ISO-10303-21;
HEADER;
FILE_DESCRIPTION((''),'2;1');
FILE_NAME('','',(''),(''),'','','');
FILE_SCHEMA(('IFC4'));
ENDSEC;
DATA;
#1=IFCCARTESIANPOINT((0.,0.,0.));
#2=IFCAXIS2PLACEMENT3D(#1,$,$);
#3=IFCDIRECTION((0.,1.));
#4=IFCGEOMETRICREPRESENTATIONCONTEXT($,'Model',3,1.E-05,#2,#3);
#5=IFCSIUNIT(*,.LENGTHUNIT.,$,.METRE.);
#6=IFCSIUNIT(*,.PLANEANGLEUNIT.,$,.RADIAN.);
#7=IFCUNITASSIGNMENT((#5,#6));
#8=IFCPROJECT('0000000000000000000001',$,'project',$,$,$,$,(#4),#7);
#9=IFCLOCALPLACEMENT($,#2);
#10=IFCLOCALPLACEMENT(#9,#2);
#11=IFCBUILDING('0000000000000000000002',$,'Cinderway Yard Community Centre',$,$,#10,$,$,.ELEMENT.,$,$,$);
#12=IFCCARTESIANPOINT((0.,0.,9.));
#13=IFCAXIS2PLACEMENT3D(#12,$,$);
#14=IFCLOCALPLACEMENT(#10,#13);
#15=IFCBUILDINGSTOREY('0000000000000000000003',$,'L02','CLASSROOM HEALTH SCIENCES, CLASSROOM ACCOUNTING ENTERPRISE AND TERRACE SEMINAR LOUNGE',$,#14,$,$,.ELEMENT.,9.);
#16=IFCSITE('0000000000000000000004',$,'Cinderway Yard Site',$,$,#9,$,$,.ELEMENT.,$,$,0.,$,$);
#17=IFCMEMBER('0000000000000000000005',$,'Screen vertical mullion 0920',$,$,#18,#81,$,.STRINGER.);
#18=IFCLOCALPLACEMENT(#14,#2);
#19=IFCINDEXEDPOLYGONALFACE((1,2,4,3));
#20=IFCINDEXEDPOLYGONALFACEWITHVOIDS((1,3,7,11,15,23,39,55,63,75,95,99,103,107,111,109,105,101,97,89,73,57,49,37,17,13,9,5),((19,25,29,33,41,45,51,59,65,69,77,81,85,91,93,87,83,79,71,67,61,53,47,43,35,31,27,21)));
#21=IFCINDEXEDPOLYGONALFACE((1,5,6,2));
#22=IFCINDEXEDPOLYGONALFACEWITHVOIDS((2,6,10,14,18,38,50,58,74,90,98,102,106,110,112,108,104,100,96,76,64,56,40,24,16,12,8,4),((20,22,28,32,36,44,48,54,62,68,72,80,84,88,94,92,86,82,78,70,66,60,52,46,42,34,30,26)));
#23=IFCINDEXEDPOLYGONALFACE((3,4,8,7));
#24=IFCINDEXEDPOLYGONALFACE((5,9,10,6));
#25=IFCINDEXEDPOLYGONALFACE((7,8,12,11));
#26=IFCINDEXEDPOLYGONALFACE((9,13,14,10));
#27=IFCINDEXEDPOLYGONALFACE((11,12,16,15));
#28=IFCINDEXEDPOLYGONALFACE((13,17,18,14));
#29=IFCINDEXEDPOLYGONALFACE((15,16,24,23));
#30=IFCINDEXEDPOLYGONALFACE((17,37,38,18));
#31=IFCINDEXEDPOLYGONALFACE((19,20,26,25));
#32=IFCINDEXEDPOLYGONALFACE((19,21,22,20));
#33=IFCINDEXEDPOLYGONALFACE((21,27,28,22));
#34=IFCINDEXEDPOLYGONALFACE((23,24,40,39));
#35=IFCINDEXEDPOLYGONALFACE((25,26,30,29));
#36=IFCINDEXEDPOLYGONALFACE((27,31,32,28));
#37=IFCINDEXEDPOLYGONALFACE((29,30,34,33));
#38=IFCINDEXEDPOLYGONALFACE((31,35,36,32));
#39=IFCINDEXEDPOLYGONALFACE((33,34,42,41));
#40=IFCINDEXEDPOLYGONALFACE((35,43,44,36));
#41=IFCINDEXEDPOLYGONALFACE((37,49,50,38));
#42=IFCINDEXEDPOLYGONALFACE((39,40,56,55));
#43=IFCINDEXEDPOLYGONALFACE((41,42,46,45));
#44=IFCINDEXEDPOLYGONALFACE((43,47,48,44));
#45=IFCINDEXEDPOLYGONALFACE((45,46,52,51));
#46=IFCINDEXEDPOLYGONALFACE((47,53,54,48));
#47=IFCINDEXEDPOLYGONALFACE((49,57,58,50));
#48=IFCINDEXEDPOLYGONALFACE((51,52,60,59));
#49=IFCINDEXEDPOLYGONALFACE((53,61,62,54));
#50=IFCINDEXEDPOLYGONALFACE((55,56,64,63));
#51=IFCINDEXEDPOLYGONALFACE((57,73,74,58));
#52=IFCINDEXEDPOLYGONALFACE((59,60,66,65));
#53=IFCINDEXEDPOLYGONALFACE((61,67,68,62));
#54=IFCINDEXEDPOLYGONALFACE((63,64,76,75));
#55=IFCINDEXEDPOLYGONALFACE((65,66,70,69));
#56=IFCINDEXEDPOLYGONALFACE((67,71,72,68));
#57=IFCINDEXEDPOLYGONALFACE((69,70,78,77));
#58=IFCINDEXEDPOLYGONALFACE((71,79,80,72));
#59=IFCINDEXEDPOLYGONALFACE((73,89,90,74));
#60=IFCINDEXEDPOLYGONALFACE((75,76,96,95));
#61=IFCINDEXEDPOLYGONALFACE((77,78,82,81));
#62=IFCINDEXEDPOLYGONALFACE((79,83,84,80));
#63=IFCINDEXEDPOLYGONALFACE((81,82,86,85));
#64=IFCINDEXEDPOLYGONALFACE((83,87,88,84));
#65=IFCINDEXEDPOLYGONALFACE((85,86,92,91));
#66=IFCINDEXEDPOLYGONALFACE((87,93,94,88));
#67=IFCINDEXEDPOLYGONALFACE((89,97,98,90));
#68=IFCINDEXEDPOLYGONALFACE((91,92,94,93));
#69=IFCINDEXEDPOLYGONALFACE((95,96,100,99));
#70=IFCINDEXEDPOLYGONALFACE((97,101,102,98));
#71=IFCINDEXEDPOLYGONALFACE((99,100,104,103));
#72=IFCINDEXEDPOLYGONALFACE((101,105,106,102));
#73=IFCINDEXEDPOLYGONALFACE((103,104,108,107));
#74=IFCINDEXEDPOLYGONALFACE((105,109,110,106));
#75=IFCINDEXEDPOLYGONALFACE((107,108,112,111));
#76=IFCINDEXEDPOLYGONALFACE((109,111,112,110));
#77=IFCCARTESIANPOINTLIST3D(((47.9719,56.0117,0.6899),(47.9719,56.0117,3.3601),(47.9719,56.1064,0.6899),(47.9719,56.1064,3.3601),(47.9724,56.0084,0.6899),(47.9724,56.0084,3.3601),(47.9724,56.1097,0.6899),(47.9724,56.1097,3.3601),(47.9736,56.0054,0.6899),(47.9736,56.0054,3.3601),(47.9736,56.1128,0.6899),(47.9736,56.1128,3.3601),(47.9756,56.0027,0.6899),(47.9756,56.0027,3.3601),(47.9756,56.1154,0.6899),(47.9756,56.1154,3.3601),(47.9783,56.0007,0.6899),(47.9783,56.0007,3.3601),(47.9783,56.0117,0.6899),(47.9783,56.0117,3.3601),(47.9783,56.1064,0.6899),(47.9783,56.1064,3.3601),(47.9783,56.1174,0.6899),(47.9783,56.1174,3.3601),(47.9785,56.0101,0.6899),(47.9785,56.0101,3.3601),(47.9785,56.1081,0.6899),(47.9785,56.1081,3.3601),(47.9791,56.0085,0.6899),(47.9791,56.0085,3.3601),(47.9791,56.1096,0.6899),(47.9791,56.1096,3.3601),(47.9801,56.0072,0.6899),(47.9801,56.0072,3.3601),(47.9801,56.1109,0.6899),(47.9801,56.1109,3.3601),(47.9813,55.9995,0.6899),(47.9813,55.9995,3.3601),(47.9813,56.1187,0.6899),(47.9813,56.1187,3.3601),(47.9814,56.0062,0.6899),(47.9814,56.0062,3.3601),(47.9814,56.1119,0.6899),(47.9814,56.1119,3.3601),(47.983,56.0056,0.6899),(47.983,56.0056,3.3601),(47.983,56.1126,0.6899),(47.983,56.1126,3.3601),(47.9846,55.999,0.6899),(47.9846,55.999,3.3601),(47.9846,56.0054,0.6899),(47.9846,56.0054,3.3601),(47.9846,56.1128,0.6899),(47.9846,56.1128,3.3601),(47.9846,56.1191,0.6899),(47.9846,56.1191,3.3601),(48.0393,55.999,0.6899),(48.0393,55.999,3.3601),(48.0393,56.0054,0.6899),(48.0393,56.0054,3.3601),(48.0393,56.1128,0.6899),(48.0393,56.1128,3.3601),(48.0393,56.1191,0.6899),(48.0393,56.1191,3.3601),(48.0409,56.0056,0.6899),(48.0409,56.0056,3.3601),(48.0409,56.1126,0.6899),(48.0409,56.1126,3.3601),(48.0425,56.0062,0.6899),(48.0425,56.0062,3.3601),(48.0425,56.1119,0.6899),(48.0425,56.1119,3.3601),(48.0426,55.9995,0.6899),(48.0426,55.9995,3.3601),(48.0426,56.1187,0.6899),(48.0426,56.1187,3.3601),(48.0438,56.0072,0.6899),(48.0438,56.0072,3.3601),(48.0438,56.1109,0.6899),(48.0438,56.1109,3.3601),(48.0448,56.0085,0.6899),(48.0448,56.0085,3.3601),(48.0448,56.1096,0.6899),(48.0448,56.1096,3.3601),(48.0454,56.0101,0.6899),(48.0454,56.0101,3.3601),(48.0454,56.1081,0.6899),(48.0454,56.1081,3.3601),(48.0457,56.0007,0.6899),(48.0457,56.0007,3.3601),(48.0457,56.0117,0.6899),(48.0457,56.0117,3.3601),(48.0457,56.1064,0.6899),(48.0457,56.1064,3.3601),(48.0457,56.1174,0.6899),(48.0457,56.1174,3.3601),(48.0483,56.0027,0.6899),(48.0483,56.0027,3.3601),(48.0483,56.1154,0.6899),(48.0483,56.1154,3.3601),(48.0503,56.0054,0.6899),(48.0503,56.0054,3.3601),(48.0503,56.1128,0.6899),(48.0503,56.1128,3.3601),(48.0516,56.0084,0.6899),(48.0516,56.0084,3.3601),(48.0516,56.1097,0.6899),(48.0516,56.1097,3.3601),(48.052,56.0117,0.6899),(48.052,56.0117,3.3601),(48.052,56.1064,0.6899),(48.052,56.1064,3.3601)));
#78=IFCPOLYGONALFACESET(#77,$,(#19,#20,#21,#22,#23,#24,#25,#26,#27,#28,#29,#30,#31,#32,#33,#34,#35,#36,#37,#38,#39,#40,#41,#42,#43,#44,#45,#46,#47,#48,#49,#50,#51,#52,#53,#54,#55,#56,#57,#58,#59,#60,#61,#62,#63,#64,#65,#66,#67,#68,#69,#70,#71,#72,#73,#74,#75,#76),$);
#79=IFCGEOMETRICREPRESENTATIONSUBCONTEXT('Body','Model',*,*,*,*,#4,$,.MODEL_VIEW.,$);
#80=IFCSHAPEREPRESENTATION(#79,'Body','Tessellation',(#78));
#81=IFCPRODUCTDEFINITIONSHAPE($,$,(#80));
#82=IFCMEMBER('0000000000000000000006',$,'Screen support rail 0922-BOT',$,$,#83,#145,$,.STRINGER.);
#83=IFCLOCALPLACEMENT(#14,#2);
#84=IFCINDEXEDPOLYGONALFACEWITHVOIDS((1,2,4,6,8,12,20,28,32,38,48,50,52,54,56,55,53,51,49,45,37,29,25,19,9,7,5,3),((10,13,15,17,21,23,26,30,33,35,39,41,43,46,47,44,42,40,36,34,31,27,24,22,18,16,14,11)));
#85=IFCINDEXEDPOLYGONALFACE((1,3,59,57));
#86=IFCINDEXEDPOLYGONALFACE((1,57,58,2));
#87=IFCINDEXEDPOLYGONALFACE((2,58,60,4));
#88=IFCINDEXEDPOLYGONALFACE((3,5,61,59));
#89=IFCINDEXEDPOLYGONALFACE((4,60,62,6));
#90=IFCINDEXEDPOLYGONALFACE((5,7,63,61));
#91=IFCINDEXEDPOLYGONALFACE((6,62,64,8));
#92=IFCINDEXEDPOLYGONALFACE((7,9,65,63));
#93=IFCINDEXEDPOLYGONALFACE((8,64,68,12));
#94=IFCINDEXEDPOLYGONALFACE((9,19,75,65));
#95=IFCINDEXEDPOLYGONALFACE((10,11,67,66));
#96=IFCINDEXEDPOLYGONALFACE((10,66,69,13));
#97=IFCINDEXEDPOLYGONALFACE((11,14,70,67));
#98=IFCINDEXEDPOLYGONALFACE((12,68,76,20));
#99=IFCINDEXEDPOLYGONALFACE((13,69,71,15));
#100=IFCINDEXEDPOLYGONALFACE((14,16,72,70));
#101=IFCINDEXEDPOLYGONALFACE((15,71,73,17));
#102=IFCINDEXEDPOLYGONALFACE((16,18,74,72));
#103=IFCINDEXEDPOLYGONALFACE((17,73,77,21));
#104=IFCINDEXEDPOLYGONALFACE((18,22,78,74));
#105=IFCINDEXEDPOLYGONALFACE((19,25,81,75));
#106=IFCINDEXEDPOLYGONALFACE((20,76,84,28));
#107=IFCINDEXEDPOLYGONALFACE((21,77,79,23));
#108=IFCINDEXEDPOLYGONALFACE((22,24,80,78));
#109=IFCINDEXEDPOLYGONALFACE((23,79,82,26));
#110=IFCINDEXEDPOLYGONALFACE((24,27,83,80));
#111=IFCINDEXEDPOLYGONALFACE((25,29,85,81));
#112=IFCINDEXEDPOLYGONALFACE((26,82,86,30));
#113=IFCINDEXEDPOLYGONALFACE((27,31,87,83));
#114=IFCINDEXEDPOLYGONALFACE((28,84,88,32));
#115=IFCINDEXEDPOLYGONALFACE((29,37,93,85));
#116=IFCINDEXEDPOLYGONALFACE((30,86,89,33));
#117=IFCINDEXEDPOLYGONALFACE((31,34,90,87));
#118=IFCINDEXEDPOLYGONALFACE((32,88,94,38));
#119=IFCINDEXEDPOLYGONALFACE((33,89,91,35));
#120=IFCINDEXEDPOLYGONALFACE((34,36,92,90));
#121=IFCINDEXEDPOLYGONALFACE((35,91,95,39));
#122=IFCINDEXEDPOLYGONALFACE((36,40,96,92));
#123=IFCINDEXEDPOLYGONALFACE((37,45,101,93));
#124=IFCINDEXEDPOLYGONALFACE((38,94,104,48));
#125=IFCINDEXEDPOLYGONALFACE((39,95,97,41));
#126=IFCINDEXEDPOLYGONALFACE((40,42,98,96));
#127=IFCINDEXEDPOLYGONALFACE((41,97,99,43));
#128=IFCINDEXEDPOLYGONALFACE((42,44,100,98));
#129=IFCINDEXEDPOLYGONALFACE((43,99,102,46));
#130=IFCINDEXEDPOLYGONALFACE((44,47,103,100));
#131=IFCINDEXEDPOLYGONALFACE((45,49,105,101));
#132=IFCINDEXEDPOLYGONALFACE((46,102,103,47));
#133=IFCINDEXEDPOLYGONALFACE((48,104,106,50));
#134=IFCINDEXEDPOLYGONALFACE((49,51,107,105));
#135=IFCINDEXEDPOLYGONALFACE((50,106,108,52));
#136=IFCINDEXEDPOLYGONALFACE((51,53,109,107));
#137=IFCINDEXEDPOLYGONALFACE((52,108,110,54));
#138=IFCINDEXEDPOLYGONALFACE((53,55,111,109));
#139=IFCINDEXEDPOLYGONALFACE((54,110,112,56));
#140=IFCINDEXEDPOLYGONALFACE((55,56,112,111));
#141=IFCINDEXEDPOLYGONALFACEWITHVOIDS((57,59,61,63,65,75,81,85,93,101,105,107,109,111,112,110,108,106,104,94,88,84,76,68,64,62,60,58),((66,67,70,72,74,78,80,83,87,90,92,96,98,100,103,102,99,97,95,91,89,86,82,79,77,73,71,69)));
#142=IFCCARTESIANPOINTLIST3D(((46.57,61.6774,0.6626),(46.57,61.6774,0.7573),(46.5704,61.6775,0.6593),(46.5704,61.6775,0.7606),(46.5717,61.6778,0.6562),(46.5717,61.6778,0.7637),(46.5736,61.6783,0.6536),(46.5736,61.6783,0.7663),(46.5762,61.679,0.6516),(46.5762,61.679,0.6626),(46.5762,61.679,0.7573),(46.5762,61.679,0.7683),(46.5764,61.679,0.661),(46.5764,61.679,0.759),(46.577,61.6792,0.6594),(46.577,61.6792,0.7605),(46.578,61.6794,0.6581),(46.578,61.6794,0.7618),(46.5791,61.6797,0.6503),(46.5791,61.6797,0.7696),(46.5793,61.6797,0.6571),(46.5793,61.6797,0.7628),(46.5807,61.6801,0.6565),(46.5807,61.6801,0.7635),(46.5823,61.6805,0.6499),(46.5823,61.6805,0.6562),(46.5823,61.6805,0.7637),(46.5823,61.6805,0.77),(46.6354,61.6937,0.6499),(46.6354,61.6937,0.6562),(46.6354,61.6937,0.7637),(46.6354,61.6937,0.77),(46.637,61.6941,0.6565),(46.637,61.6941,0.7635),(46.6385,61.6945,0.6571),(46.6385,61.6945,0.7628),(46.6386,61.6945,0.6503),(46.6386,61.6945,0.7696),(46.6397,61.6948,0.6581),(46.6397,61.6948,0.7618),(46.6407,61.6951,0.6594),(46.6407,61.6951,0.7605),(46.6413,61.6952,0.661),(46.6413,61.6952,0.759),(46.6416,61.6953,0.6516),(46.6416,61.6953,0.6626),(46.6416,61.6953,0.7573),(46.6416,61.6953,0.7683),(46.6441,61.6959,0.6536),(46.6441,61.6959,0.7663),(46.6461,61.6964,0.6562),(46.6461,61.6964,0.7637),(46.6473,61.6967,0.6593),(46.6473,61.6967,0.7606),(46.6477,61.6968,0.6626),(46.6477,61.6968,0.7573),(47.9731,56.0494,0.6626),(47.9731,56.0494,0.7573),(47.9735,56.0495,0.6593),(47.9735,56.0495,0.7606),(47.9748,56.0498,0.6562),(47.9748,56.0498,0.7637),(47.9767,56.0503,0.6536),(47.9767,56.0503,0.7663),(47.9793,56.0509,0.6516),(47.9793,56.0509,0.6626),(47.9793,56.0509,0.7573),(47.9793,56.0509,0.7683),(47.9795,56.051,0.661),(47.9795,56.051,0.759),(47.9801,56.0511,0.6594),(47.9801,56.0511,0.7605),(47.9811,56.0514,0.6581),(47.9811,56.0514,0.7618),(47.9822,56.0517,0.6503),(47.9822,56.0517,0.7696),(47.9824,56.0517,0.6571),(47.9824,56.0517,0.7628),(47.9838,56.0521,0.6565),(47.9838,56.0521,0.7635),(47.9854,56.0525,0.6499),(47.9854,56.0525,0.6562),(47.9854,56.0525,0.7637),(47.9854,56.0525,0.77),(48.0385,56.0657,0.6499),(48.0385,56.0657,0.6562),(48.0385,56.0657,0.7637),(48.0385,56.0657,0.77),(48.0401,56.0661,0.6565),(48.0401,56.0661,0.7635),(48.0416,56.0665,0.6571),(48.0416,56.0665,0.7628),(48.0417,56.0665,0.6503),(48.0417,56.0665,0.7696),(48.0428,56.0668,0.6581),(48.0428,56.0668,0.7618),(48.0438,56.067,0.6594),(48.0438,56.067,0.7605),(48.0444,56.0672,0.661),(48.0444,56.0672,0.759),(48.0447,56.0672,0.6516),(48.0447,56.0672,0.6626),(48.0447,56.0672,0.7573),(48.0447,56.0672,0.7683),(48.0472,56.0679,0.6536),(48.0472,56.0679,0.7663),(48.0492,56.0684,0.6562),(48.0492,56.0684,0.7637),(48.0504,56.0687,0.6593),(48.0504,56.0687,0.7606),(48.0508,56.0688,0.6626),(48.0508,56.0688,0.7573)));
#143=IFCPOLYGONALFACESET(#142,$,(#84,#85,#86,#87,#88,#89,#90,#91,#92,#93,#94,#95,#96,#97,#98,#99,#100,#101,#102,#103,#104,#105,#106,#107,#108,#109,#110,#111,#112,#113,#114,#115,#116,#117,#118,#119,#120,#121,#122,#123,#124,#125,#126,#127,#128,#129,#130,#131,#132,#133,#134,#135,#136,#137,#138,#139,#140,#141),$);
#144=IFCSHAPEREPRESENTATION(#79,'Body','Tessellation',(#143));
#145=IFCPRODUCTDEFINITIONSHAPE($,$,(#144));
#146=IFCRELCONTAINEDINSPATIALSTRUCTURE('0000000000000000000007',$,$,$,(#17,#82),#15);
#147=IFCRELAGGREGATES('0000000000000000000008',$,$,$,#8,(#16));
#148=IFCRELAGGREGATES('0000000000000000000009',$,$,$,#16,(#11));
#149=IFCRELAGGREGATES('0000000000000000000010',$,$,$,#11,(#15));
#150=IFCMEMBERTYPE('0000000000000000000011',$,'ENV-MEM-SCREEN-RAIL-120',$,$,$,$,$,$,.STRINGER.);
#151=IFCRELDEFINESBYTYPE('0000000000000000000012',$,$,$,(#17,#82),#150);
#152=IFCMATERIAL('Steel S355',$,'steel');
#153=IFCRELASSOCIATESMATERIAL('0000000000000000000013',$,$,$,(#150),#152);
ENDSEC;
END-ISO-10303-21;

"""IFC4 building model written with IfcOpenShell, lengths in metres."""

from ifc_helpers import new_model, si_unit, direction, frame, origin, origin_2d, place, context, subcontext, project, spatial, hollow_rectangle, extrude, material, material_profile, profile_set, type_object, element, save


model = new_model("IFC4")

# Units and contexts
model_context = context("Model", 3, precision=1e-05, world=origin(), true_north=direction((0.0, 1.0)))
body_context = subcontext(model_context, "Body", "Model", "MODEL_VIEW")
ifc_project = project(units=[si_unit("LENGTHUNIT", "METRE"), si_unit("PLANEANGLEUNIT", "RADIAN")], contexts=[model_context])

# Site, building, storey
site_placement = place(None, origin())
site = spatial("IfcSite", under=ifc_project, at=site_placement, Name="Cinderway Yard Site", CompositionType="ELEMENT", RefElevation=0.0)
building_placement = place(site_placement, origin())
building = spatial("IfcBuilding", under=site, at=building_placement, Name="Cinderway Yard Community Centre", CompositionType="ELEMENT")
storey_placement = place(building_placement, frame((0.0, 0.0, 9.0)))
storey = spatial("IfcBuildingStorey", under=building, at=storey_placement, Name="L02", Description="CLASSROOM HEALTH SCIENCES, CLASSROOM ACCOUNTING ENTERPRISE AND TERRACE SEMINAR LOUNGE", CompositionType="ELEMENT", Elevation=9.0)

# Members
ifc_material_1 = material(Name="Steel S355", Category="steel")
ifc_material_profile_1 = material_profile(ifc_material_1, hollow_rectangle(XDim=0.0801, YDim=0.1201, WallThickness=0.0063, InnerFilletRadius=0.0063, OuterFilletRadius=0.0127, at=origin_2d()), Name="Steel S355")
ifc_profile_set_1 = profile_set([ifc_material_profile_1], Name="Steel S355")
member_type_1 = type_object("IfcMemberType", Name="ENV-MEM-SCREEN-RAIL-120", PredefinedType="STRINGER", material=ifc_profile_set_1)
for number, where, z_axis, x_axis, name in (
    (1, (48.012, 56.0591, 0.6899), (0.0, 0.0, 1.0), (1.0, 0.0, 0.0), "Screen vertical mullion 0920"),
):
    element("IfcMember", number, at=place(storey_placement, frame(where, z_axis=z_axis, x_axis=x_axis)), inside=storey, type_object=member_type_1, Name=name, PredefinedType="STRINGER", context=body_context, shape_type="SweptSolid", body=[
        extrude(hollow_rectangle(XDim=0.0801, YDim=0.1201, WallThickness=0.0063, InnerFilletRadius=0.0063, OuterFilletRadius=0.0127, at=origin_2d()), origin(), (0.0, 0.0, 1.0), 2.6702),
    ])
for number, where, z_axis, x_axis, name in (
    (2, (48.012, 56.0591, 0.71), (-0.241902, 0.970301, 0.0), (-0.970301, -0.241902, 0.0), "Screen support rail 0922-BOT"),
):
    element("IfcMember", number, at=place(storey_placement, frame(where, z_axis=z_axis, x_axis=x_axis)), inside=storey, type_object=member_type_1, Name=name, PredefinedType="STRINGER", context=body_context, shape_type="SweptSolid", body=[
        extrude(hollow_rectangle(XDim=0.0801, YDim=0.1201, WallThickness=0.0063, InnerFilletRadius=0.0063, OuterFilletRadius=0.0127, at=origin_2d()), origin(), (0.0, 0.0, 1.0), 5.8003),
    ])

save(model, "model.ifc")
